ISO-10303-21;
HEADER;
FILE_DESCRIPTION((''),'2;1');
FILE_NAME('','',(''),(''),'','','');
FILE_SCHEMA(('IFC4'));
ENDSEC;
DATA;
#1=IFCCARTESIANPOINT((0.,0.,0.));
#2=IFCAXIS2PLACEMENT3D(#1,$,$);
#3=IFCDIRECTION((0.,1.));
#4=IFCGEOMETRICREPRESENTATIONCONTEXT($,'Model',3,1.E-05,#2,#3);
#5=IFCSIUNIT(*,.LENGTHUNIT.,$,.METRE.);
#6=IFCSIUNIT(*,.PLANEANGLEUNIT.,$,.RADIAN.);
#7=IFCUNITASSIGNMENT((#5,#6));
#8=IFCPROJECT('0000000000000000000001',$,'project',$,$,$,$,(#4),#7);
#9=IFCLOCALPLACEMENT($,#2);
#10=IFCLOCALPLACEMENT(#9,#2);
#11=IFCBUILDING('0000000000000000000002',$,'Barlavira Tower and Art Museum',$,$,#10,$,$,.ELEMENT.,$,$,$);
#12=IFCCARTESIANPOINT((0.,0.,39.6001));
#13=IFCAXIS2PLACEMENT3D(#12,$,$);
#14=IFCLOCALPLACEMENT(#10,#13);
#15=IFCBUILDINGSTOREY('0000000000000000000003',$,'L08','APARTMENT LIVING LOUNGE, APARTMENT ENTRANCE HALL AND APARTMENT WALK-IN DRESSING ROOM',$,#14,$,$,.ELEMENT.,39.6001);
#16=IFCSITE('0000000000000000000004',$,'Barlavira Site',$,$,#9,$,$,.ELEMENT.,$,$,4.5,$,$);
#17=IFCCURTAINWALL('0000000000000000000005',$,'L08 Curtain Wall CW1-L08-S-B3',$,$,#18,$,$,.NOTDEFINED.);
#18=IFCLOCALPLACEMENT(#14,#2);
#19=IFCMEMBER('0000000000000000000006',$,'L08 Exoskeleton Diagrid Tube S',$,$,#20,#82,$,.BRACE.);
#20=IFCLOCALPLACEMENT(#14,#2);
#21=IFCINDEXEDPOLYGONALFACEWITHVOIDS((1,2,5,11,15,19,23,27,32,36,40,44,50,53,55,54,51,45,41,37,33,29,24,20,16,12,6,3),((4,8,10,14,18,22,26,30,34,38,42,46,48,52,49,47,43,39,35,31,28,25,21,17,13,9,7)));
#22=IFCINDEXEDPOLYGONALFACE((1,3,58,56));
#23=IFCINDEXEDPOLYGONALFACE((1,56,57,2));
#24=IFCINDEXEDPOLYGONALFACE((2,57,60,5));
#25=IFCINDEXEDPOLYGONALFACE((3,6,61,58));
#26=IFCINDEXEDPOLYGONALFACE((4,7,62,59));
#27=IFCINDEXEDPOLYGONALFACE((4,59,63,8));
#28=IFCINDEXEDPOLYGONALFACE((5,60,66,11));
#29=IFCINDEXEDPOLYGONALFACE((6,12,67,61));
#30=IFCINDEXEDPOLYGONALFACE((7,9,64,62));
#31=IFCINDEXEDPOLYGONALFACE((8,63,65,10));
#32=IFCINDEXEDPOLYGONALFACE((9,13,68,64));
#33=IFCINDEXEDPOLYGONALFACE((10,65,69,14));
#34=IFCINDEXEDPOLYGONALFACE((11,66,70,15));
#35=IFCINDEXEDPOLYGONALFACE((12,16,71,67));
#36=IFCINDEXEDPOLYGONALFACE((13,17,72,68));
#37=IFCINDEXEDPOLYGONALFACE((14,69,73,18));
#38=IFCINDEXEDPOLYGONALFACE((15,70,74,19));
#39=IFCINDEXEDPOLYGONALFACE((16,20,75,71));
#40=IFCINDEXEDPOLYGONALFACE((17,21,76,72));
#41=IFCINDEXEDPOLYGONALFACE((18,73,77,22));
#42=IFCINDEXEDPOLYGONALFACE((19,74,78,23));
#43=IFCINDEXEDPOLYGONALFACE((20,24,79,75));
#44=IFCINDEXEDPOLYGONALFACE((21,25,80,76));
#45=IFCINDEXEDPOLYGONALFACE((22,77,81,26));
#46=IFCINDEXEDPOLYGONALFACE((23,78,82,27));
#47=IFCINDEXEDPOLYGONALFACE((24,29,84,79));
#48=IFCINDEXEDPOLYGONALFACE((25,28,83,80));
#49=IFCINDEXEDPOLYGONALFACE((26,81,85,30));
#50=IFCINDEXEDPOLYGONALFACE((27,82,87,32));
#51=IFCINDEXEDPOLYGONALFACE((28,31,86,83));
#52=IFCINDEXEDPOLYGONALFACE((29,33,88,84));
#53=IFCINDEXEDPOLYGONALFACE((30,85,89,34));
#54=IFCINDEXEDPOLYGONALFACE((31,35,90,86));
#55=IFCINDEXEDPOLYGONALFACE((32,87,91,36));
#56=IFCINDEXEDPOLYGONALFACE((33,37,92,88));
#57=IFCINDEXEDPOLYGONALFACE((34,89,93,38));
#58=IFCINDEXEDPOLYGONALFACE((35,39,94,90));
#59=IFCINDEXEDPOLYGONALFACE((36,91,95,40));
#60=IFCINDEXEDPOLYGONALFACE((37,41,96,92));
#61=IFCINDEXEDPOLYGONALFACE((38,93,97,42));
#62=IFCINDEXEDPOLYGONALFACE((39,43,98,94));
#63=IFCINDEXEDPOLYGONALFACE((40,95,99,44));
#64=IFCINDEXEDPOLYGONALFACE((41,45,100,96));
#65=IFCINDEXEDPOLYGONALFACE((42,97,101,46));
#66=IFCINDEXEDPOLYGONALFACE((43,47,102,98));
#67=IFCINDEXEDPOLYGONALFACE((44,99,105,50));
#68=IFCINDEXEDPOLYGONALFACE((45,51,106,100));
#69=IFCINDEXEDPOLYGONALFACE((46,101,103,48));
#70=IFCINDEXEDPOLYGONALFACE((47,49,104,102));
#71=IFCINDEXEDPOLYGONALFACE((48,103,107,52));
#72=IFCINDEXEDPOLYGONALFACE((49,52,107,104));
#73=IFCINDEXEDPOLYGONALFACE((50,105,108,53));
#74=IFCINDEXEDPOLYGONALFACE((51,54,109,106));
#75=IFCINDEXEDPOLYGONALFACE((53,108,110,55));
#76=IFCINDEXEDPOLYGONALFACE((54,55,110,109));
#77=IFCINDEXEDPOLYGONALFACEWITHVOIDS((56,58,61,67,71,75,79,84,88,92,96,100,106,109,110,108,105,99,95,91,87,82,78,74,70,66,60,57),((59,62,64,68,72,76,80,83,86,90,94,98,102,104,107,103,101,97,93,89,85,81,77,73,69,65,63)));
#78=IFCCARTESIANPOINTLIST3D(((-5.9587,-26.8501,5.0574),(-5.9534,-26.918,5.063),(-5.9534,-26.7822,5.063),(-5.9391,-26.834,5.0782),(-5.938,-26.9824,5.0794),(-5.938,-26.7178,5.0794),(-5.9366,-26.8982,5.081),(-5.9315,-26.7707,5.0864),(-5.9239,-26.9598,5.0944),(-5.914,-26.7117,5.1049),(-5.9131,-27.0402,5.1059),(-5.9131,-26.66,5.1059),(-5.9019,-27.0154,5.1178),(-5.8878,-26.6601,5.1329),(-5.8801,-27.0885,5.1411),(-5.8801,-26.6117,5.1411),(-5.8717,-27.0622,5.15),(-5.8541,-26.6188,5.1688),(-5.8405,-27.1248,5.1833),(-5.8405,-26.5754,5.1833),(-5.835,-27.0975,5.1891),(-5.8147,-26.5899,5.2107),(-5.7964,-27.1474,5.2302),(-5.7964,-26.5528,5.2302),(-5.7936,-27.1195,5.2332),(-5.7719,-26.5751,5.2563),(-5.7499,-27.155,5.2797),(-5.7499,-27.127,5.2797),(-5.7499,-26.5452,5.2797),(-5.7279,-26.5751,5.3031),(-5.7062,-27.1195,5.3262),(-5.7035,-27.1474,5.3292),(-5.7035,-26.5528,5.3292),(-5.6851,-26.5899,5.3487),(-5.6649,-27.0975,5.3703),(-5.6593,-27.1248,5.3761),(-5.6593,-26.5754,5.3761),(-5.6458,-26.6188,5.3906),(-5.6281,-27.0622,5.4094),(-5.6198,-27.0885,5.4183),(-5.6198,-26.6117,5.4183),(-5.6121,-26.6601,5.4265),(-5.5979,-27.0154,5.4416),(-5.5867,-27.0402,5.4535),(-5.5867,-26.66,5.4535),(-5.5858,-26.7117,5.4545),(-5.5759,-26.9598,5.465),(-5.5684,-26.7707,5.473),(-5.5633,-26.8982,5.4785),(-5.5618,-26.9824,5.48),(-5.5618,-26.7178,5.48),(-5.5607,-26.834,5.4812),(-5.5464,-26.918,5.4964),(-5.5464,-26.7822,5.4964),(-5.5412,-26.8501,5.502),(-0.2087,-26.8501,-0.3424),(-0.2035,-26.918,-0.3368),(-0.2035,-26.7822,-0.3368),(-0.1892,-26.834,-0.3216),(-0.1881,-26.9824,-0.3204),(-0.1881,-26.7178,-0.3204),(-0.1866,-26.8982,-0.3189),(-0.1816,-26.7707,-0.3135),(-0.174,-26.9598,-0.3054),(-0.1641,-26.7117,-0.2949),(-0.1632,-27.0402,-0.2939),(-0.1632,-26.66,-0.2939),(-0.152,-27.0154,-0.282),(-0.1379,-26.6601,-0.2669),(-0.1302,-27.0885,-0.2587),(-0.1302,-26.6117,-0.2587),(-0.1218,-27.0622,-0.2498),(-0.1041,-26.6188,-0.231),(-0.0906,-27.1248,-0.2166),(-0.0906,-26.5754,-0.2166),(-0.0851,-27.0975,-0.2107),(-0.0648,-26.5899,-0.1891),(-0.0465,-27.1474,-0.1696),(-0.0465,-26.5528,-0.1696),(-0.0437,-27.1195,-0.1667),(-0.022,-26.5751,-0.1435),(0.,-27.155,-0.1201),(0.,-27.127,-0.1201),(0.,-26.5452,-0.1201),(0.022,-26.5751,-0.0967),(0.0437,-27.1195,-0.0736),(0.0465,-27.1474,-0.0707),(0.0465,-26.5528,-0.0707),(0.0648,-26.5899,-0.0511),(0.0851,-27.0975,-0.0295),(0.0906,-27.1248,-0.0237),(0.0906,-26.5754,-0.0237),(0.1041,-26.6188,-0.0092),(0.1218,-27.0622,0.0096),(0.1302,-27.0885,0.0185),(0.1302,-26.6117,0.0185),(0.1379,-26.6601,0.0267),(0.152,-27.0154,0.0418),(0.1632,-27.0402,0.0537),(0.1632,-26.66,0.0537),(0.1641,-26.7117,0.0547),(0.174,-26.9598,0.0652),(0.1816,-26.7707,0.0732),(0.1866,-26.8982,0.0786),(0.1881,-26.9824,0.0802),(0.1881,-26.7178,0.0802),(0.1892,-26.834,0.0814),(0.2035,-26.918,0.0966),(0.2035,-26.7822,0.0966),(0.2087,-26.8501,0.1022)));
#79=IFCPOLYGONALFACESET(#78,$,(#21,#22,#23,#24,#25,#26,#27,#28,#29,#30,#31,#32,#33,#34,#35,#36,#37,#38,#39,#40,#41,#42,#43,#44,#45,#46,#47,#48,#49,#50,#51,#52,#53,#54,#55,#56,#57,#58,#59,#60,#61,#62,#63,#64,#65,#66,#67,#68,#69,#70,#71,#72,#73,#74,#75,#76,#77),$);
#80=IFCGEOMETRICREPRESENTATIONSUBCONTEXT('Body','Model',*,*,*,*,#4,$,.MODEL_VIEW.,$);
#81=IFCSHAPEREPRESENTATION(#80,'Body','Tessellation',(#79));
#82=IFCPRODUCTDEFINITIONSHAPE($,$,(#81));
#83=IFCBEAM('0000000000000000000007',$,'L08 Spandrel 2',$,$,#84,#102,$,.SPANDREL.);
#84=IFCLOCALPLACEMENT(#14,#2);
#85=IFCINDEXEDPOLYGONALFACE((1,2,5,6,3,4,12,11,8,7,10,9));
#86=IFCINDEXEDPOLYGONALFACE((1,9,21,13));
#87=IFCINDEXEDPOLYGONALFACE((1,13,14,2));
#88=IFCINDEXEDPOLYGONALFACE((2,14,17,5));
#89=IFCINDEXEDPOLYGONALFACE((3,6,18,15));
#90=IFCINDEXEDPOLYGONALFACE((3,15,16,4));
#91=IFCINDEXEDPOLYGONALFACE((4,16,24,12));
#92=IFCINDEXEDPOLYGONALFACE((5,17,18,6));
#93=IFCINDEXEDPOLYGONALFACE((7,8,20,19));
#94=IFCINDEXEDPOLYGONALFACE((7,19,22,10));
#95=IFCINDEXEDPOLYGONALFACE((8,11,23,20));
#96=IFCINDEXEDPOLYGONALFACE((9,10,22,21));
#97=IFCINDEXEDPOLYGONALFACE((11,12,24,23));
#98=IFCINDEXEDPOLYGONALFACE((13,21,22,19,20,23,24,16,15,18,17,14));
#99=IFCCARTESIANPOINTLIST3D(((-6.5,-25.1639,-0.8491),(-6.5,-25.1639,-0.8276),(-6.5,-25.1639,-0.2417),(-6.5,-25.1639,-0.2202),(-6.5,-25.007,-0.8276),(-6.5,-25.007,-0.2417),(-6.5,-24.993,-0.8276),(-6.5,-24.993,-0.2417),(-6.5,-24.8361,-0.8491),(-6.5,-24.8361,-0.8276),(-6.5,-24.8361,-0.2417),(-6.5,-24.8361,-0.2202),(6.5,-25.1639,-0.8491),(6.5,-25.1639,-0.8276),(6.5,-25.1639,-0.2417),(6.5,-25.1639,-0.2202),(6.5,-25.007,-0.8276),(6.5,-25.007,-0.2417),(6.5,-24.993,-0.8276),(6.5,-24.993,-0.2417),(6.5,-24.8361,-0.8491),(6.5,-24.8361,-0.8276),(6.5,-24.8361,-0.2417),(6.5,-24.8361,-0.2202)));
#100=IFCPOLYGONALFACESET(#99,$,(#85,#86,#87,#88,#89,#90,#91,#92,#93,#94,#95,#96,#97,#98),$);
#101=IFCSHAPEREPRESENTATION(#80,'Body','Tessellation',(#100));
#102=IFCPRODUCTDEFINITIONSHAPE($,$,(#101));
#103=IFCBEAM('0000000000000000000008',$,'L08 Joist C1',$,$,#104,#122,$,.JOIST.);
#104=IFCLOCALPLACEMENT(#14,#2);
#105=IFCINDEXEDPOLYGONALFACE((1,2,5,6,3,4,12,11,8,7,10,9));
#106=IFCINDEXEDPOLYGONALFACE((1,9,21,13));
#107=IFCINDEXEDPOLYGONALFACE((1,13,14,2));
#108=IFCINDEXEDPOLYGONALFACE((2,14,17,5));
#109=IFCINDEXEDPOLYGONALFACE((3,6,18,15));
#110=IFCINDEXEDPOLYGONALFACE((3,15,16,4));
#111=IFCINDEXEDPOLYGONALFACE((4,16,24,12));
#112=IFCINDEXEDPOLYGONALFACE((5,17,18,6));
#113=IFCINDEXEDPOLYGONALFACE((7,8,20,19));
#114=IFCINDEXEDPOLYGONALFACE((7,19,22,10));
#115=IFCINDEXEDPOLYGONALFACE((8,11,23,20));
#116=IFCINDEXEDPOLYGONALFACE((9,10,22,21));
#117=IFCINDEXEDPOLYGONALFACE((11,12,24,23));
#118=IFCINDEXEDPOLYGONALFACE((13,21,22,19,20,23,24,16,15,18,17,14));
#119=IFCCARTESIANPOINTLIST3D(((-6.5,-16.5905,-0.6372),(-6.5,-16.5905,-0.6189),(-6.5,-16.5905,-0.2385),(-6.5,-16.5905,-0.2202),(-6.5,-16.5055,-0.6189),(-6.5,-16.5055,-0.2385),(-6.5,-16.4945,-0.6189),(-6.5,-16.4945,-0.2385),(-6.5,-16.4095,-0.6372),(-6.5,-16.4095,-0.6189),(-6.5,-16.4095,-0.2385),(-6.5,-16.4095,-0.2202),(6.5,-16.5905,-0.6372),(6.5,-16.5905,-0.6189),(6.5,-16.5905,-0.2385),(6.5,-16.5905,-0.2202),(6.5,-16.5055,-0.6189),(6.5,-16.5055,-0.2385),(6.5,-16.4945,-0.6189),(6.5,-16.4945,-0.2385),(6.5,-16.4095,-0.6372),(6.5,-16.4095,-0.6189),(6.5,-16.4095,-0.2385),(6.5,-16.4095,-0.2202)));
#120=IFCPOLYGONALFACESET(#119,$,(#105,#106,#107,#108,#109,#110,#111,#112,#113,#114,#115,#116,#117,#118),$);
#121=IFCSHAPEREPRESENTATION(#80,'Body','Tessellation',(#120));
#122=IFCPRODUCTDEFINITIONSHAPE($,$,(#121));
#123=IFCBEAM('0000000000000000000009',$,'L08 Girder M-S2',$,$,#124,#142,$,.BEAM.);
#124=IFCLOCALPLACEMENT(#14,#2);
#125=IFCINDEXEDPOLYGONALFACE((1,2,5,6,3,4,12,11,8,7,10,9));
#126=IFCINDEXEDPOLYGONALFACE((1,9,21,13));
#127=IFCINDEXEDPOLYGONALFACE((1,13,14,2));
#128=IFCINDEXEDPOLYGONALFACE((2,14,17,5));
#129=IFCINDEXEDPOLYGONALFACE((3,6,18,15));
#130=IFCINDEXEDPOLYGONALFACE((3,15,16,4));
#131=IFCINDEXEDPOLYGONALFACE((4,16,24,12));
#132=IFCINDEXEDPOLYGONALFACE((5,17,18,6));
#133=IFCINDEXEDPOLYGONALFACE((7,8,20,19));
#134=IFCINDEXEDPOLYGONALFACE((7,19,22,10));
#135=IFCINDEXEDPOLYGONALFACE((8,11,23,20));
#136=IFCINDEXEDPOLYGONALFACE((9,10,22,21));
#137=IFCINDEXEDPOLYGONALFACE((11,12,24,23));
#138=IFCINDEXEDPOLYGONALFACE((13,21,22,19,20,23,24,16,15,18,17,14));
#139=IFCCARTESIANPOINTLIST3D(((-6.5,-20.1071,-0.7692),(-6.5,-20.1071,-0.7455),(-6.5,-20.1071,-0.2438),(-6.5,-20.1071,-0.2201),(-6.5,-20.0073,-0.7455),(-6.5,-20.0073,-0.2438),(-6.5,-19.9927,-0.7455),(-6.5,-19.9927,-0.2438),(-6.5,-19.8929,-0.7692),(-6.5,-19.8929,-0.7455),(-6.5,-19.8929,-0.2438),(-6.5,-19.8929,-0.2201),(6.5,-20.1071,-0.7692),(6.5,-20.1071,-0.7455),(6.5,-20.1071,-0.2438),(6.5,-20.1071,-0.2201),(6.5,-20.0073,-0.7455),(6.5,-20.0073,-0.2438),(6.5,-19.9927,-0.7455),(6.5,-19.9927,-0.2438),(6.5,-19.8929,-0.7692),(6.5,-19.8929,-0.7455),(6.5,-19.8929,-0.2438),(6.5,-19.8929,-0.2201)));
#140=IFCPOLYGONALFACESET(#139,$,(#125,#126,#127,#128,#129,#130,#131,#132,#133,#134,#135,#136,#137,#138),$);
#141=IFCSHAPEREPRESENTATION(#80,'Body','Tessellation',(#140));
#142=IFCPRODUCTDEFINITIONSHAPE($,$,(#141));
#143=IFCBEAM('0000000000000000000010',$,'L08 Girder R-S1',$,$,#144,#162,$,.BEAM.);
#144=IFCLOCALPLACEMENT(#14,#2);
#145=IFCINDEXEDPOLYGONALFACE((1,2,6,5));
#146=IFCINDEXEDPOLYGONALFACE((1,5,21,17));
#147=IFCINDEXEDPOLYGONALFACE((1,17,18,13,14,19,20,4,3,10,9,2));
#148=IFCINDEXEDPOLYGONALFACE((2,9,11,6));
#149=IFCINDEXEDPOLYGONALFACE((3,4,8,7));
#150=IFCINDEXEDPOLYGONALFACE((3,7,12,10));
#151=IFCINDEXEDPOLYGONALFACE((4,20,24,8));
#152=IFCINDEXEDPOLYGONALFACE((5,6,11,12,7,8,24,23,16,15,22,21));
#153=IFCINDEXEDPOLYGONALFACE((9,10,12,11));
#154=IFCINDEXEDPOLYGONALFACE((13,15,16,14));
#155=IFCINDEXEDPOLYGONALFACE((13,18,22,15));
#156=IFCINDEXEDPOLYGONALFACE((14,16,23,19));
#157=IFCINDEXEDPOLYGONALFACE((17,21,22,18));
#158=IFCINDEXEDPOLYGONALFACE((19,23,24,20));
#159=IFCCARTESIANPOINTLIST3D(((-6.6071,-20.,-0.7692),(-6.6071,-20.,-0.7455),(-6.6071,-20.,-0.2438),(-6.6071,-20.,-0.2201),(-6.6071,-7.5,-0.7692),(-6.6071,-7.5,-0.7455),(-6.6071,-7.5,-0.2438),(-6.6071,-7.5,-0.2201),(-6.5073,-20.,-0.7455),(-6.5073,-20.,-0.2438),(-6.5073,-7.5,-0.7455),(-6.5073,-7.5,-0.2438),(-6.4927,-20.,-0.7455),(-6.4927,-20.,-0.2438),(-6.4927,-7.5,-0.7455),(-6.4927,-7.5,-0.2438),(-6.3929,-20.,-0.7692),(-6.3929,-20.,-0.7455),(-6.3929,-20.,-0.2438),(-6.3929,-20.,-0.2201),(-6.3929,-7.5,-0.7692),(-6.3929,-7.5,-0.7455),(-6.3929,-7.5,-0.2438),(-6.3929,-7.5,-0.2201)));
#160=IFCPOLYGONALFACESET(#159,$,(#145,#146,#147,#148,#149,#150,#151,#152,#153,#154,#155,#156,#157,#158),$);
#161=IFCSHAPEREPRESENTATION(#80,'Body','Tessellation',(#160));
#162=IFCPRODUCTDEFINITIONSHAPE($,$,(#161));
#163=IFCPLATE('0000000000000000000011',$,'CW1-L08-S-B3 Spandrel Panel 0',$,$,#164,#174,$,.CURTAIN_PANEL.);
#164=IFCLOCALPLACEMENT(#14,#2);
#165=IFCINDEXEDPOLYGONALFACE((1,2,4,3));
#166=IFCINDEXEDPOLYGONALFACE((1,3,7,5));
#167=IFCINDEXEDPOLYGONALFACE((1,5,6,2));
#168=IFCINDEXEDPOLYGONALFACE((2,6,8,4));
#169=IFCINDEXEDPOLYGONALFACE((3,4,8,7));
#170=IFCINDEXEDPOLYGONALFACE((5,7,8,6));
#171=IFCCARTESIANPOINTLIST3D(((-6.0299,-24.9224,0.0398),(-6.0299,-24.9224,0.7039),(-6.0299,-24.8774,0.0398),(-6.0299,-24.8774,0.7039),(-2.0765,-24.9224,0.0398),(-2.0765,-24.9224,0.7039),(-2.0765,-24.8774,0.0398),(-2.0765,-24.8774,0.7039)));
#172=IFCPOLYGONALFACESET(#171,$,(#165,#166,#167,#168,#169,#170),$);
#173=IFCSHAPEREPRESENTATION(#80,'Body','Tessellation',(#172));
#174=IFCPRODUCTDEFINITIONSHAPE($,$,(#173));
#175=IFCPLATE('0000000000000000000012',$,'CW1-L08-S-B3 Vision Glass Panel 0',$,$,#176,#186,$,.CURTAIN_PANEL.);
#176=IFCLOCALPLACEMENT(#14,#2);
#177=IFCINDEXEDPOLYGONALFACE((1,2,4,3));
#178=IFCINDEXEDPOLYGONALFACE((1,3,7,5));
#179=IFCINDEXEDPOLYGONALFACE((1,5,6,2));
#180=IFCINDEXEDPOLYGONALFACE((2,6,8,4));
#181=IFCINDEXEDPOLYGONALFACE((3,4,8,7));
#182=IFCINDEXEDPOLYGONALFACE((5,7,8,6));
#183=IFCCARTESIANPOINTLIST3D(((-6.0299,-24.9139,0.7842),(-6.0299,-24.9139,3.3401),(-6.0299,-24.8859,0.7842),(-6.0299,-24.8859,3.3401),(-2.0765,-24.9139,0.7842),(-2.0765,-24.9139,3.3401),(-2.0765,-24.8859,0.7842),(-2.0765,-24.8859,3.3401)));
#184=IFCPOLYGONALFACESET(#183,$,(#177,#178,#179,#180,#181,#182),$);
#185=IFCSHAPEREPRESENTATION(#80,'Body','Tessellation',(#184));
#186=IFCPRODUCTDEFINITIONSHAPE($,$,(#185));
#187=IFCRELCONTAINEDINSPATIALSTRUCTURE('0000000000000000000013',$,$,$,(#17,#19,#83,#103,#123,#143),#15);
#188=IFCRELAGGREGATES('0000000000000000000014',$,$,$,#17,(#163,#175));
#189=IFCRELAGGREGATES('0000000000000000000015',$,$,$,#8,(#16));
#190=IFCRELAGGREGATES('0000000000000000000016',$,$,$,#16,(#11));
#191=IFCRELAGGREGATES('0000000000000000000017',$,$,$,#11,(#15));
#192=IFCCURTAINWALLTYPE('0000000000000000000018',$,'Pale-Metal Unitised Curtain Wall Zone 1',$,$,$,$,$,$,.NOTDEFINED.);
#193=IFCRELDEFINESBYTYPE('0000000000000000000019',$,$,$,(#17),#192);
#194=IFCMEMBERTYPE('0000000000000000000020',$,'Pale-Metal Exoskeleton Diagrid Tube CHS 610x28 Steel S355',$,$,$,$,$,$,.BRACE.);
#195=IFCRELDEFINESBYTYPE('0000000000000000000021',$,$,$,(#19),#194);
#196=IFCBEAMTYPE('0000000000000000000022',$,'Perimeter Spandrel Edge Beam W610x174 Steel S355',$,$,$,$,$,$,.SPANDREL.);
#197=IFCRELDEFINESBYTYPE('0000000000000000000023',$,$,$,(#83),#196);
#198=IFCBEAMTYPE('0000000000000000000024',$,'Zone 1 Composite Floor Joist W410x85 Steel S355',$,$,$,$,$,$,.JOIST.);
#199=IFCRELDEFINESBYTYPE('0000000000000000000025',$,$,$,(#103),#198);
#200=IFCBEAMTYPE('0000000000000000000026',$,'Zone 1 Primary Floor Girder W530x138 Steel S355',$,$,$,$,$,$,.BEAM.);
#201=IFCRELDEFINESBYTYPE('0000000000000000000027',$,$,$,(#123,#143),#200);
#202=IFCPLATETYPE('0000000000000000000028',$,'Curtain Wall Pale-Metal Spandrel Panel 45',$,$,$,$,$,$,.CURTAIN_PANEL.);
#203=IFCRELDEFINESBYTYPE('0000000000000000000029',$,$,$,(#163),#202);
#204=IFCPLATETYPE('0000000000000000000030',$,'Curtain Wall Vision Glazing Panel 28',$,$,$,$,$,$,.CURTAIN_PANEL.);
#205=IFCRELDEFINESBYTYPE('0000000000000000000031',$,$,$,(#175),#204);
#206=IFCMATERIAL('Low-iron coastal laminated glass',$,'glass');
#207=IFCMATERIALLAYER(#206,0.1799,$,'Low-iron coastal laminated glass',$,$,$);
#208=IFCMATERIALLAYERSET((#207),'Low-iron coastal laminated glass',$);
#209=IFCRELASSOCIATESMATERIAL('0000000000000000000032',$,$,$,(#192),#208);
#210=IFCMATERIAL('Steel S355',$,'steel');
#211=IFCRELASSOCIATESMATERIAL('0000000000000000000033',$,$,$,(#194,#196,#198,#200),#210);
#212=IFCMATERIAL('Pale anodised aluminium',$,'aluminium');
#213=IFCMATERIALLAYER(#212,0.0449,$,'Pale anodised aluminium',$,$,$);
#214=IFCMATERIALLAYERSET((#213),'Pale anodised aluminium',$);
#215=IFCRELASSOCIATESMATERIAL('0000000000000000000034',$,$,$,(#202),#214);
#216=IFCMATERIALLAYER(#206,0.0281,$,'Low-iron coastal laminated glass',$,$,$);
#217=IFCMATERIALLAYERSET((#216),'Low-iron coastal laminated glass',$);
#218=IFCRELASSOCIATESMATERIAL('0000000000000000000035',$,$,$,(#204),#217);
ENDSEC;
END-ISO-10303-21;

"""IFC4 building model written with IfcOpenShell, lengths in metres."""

from ifc_helpers import new_model, si_unit, direction, frame, origin, origin_2d, place, context, subcontext, project, spatial, rectangle, hollow_circle, i_section, extrude, material, layer, layer_set, material_profile, profile_set, type_object, element, aggregate, save


model = new_model("IFC4")

# Units and contexts
model_context = context("Model", 3, precision=1e-05, world=origin(), true_north=direction((0.0, 1.0)))
body_context = subcontext(model_context, "Body", "Model", "MODEL_VIEW")
ifc_project = project(units=[si_unit("LENGTHUNIT", "METRE"), si_unit("PLANEANGLEUNIT", "RADIAN")], contexts=[model_context])

# Site, building, storey
site_placement = place(None, origin())
site = spatial("IfcSite", under=ifc_project, at=site_placement, Name="Barlavira Site", CompositionType="ELEMENT", RefElevation=4.5)
building_placement = place(site_placement, origin())
building = spatial("IfcBuilding", under=site, at=building_placement, Name="Barlavira Tower and Art Museum", CompositionType="ELEMENT")
storey_placement = place(building_placement, frame((0.0, 0.0, 39.6001)))
storey = spatial("IfcBuildingStorey", under=building, at=storey_placement, Name="L08", Description="APARTMENT LIVING LOUNGE, APARTMENT ENTRANCE HALL AND APARTMENT WALK-IN DRESSING ROOM", CompositionType="ELEMENT", Elevation=39.6001)

# Curtain wall
ifc_material_1 = material(Name="Low-iron coastal laminated glass", Category="glass")
ifc_layer_1 = layer(ifc_material_1, 0.1799, Name="Low-iron coastal laminated glass")
ifc_layer_set_1 = layer_set([ifc_layer_1], Name="Low-iron coastal laminated glass")
curtain_wall_type = type_object("IfcCurtainWallType", Name="Pale-Metal Unitised Curtain Wall Zone 1", PredefinedType="NOTDEFINED", material=ifc_layer_set_1)
curtain_wall_placement = place(storey_placement, origin())
curtain_wall = element("IfcCurtainWall", 1, at=curtain_wall_placement, inside=storey, type_object=curtain_wall_type, Name="L08 Curtain Wall CW1-L08-S-B3", PredefinedType="NOTDEFINED")
ifc_material_2 = material(Name="Pale anodised aluminium", Category="aluminium")

# Member
ifc_material_3 = material(Name="Steel S355", Category="steel")
ifc_material_profile_1 = material_profile(ifc_material_3, hollow_circle(Radius=0.3049, WallThickness=0.0281, at=origin_2d()), Name="CHS 610.0x28.0")
ifc_profile_set_1 = profile_set([ifc_material_profile_1], Name="Steel S355")
member_type_1 = type_object("IfcMemberType", Name="Pale-Metal Exoskeleton Diagrid Tube CHS 610x28 Steel S355", PredefinedType="BRACE", material=ifc_profile_set_1)
member_1_placement = place(storey_placement, frame((0.0, -26.8501, -0.1201), z_axis=(-0.72895, 0.0, 0.684567), x_axis=(0.0, -1.0, 0.0)))
element("IfcMember", 2, at=member_1_placement, inside=storey, type_object=member_type_1, Name="L08 Exoskeleton Diagrid Tube S", PredefinedType="BRACE", context=body_context, shape_type="SweptSolid", body=[
    extrude(hollow_circle(Radius=0.3049, WallThickness=0.0281, at=origin_2d()), origin(), (0.0, 0.0, 1.0), 7.8879),
])

# Beams
ifc_material_profile_2 = material_profile(ifc_material_3, i_section(OverallWidth=0.3279, OverallDepth=0.6289, WebThickness=0.0139, FlangeThickness=0.0215, at=origin_2d()), Name="W610x174.0")
ifc_profile_set_2 = profile_set([ifc_material_profile_2], Name="Steel S355")
beam_type_1 = type_object("IfcBeamType", Name="Perimeter Spandrel Edge Beam W610x174 Steel S355", PredefinedType="SPANDREL", material=ifc_profile_set_2)
beam_1_placement = place(storey_placement, frame((-6.5, -25.0, -0.5347), z_axis=(1.0, 0.0, 0.0), x_axis=(0.0, 1.0, 0.0)))
element("IfcBeam", 3, at=beam_1_placement, inside=storey, type_object=beam_type_1, Name="L08 Spandrel 2", PredefinedType="SPANDREL", context=body_context, shape_type="SweptSolid", body=[
    extrude(i_section(OverallWidth=0.3279, OverallDepth=0.6289, WebThickness=0.0139, FlangeThickness=0.0215, at=origin_2d()), origin(), (0.0, 0.0, 1.0), 13.0),
])
ifc_material_profile_3 = material_profile(ifc_material_3, i_section(OverallWidth=0.1809, OverallDepth=0.417, WebThickness=0.011, FlangeThickness=0.0183, at=origin_2d()), Name="W410x85.0")
ifc_profile_set_3 = profile_set([ifc_material_profile_3], Name="Steel S355")
beam_type_2 = type_object("IfcBeamType", Name="Zone 1 Composite Floor Joist W410x85 Steel S355", PredefinedType="JOIST", material=ifc_profile_set_3)
beam_2_placement = place(storey_placement, frame((-6.5, -16.5, -0.4287), z_axis=(1.0, 0.0, 0.0), x_axis=(0.0, 1.0, 0.0)))
element("IfcBeam", 4, at=beam_2_placement, inside=storey, type_object=beam_type_2, Name="L08 Joist C1", PredefinedType="JOIST", context=body_context, shape_type="SweptSolid", body=[
    extrude(i_section(OverallWidth=0.1809, OverallDepth=0.417, WebThickness=0.011, FlangeThickness=0.0183, at=origin_2d()), origin(), (0.0, 0.0, 1.0), 13.0),
])
ifc_material_profile_4 = material_profile(ifc_material_3, i_section(OverallWidth=0.2141, OverallDepth=0.5491, WebThickness=0.0146, FlangeThickness=0.0237, at=origin_2d()), Name="W530x138.0")
ifc_profile_set_4 = profile_set([ifc_material_profile_4], Name="Steel S355")
beam_type_3 = type_object("IfcBeamType", Name="Zone 1 Primary Floor Girder W530x138 Steel S355", PredefinedType="BEAM", material=ifc_profile_set_4)
beam_3_placement = place(storey_placement, frame((-6.5, -20.0, -0.4946), z_axis=(1.0, 0.0, 0.0), x_axis=(0.0, 1.0, 0.0)))
element("IfcBeam", 5, at=beam_3_placement, inside=storey, type_object=beam_type_3, Name="L08 Girder M-S2", PredefinedType="BEAM", context=body_context, shape_type="SweptSolid", body=[
    extrude(i_section(OverallWidth=0.2141, OverallDepth=0.5491, WebThickness=0.0146, FlangeThickness=0.0237, at=origin_2d()), origin(), (0.0, 0.0, 1.0), 13.0),
])
beam_4_placement = place(storey_placement, frame((-6.5, -20.0, -0.4946), z_axis=(0.0, 1.0, 0.0), x_axis=(-1.0, 0.0, 0.0)))
element("IfcBeam", 6, at=beam_4_placement, inside=storey, type_object=beam_type_3, Name="L08 Girder R-S1", PredefinedType="BEAM", context=body_context, shape_type="SweptSolid", body=[
    extrude(i_section(OverallWidth=0.2141, OverallDepth=0.5491, WebThickness=0.0146, FlangeThickness=0.0237, at=origin_2d()), origin(), (0.0, 0.0, 1.0), 12.5),
])

# Plates
ifc_layer_2 = layer(ifc_material_2, 0.0449, Name="Pale anodised aluminium")
ifc_layer_set_2 = layer_set([ifc_layer_2], Name="Pale anodised aluminium")
plate_type_1 = type_object("IfcPlateType", Name="Curtain Wall Pale-Metal Spandrel Panel 45", PredefinedType="CURTAIN_PANEL", material=ifc_layer_set_2)
plate_1_placement = place(storey_placement, frame((-4.0532, -24.8999, 0.0398), z_axis=(0.0, 0.0, 1.0), x_axis=(1.0, 0.0, 0.0)))
plate_1 = element("IfcPlate", 7, at=plate_1_placement, type_object=plate_type_1, Name="CW1-L08-S-B3 Spandrel Panel 0", PredefinedType="CURTAIN_PANEL", context=body_context, shape_type="SweptSolid", body=[
    extrude(rectangle(XDim=3.9534, YDim=0.0449, at=origin_2d()), origin(), (0.0, 0.0, 1.0), 0.6641),
])
ifc_layer_3 = layer(ifc_material_1, 0.0281, Name="Low-iron coastal laminated glass")
ifc_layer_set_3 = layer_set([ifc_layer_3], Name="Low-iron coastal laminated glass")
plate_type_2 = type_object("IfcPlateType", Name="Curtain Wall Vision Glazing Panel 28", PredefinedType="CURTAIN_PANEL", material=ifc_layer_set_3)
plate_2_placement = place(storey_placement, frame((-4.0532, -24.8999, 0.7842), z_axis=(0.0, 0.0, 1.0), x_axis=(1.0, 0.0, 0.0)))
plate_2 = element("IfcPlate", 8, at=plate_2_placement, type_object=plate_type_2, Name="CW1-L08-S-B3 Vision Glass Panel 0", PredefinedType="CURTAIN_PANEL", context=body_context, shape_type="SweptSolid", body=[
    extrude(rectangle(XDim=3.9534, YDim=0.0281, at=origin_2d()), origin(), (0.0, 0.0, 1.0), 2.5559),
])
aggregate(curtain_wall, [plate_1, plate_2])

save(model, "model.ifc")
